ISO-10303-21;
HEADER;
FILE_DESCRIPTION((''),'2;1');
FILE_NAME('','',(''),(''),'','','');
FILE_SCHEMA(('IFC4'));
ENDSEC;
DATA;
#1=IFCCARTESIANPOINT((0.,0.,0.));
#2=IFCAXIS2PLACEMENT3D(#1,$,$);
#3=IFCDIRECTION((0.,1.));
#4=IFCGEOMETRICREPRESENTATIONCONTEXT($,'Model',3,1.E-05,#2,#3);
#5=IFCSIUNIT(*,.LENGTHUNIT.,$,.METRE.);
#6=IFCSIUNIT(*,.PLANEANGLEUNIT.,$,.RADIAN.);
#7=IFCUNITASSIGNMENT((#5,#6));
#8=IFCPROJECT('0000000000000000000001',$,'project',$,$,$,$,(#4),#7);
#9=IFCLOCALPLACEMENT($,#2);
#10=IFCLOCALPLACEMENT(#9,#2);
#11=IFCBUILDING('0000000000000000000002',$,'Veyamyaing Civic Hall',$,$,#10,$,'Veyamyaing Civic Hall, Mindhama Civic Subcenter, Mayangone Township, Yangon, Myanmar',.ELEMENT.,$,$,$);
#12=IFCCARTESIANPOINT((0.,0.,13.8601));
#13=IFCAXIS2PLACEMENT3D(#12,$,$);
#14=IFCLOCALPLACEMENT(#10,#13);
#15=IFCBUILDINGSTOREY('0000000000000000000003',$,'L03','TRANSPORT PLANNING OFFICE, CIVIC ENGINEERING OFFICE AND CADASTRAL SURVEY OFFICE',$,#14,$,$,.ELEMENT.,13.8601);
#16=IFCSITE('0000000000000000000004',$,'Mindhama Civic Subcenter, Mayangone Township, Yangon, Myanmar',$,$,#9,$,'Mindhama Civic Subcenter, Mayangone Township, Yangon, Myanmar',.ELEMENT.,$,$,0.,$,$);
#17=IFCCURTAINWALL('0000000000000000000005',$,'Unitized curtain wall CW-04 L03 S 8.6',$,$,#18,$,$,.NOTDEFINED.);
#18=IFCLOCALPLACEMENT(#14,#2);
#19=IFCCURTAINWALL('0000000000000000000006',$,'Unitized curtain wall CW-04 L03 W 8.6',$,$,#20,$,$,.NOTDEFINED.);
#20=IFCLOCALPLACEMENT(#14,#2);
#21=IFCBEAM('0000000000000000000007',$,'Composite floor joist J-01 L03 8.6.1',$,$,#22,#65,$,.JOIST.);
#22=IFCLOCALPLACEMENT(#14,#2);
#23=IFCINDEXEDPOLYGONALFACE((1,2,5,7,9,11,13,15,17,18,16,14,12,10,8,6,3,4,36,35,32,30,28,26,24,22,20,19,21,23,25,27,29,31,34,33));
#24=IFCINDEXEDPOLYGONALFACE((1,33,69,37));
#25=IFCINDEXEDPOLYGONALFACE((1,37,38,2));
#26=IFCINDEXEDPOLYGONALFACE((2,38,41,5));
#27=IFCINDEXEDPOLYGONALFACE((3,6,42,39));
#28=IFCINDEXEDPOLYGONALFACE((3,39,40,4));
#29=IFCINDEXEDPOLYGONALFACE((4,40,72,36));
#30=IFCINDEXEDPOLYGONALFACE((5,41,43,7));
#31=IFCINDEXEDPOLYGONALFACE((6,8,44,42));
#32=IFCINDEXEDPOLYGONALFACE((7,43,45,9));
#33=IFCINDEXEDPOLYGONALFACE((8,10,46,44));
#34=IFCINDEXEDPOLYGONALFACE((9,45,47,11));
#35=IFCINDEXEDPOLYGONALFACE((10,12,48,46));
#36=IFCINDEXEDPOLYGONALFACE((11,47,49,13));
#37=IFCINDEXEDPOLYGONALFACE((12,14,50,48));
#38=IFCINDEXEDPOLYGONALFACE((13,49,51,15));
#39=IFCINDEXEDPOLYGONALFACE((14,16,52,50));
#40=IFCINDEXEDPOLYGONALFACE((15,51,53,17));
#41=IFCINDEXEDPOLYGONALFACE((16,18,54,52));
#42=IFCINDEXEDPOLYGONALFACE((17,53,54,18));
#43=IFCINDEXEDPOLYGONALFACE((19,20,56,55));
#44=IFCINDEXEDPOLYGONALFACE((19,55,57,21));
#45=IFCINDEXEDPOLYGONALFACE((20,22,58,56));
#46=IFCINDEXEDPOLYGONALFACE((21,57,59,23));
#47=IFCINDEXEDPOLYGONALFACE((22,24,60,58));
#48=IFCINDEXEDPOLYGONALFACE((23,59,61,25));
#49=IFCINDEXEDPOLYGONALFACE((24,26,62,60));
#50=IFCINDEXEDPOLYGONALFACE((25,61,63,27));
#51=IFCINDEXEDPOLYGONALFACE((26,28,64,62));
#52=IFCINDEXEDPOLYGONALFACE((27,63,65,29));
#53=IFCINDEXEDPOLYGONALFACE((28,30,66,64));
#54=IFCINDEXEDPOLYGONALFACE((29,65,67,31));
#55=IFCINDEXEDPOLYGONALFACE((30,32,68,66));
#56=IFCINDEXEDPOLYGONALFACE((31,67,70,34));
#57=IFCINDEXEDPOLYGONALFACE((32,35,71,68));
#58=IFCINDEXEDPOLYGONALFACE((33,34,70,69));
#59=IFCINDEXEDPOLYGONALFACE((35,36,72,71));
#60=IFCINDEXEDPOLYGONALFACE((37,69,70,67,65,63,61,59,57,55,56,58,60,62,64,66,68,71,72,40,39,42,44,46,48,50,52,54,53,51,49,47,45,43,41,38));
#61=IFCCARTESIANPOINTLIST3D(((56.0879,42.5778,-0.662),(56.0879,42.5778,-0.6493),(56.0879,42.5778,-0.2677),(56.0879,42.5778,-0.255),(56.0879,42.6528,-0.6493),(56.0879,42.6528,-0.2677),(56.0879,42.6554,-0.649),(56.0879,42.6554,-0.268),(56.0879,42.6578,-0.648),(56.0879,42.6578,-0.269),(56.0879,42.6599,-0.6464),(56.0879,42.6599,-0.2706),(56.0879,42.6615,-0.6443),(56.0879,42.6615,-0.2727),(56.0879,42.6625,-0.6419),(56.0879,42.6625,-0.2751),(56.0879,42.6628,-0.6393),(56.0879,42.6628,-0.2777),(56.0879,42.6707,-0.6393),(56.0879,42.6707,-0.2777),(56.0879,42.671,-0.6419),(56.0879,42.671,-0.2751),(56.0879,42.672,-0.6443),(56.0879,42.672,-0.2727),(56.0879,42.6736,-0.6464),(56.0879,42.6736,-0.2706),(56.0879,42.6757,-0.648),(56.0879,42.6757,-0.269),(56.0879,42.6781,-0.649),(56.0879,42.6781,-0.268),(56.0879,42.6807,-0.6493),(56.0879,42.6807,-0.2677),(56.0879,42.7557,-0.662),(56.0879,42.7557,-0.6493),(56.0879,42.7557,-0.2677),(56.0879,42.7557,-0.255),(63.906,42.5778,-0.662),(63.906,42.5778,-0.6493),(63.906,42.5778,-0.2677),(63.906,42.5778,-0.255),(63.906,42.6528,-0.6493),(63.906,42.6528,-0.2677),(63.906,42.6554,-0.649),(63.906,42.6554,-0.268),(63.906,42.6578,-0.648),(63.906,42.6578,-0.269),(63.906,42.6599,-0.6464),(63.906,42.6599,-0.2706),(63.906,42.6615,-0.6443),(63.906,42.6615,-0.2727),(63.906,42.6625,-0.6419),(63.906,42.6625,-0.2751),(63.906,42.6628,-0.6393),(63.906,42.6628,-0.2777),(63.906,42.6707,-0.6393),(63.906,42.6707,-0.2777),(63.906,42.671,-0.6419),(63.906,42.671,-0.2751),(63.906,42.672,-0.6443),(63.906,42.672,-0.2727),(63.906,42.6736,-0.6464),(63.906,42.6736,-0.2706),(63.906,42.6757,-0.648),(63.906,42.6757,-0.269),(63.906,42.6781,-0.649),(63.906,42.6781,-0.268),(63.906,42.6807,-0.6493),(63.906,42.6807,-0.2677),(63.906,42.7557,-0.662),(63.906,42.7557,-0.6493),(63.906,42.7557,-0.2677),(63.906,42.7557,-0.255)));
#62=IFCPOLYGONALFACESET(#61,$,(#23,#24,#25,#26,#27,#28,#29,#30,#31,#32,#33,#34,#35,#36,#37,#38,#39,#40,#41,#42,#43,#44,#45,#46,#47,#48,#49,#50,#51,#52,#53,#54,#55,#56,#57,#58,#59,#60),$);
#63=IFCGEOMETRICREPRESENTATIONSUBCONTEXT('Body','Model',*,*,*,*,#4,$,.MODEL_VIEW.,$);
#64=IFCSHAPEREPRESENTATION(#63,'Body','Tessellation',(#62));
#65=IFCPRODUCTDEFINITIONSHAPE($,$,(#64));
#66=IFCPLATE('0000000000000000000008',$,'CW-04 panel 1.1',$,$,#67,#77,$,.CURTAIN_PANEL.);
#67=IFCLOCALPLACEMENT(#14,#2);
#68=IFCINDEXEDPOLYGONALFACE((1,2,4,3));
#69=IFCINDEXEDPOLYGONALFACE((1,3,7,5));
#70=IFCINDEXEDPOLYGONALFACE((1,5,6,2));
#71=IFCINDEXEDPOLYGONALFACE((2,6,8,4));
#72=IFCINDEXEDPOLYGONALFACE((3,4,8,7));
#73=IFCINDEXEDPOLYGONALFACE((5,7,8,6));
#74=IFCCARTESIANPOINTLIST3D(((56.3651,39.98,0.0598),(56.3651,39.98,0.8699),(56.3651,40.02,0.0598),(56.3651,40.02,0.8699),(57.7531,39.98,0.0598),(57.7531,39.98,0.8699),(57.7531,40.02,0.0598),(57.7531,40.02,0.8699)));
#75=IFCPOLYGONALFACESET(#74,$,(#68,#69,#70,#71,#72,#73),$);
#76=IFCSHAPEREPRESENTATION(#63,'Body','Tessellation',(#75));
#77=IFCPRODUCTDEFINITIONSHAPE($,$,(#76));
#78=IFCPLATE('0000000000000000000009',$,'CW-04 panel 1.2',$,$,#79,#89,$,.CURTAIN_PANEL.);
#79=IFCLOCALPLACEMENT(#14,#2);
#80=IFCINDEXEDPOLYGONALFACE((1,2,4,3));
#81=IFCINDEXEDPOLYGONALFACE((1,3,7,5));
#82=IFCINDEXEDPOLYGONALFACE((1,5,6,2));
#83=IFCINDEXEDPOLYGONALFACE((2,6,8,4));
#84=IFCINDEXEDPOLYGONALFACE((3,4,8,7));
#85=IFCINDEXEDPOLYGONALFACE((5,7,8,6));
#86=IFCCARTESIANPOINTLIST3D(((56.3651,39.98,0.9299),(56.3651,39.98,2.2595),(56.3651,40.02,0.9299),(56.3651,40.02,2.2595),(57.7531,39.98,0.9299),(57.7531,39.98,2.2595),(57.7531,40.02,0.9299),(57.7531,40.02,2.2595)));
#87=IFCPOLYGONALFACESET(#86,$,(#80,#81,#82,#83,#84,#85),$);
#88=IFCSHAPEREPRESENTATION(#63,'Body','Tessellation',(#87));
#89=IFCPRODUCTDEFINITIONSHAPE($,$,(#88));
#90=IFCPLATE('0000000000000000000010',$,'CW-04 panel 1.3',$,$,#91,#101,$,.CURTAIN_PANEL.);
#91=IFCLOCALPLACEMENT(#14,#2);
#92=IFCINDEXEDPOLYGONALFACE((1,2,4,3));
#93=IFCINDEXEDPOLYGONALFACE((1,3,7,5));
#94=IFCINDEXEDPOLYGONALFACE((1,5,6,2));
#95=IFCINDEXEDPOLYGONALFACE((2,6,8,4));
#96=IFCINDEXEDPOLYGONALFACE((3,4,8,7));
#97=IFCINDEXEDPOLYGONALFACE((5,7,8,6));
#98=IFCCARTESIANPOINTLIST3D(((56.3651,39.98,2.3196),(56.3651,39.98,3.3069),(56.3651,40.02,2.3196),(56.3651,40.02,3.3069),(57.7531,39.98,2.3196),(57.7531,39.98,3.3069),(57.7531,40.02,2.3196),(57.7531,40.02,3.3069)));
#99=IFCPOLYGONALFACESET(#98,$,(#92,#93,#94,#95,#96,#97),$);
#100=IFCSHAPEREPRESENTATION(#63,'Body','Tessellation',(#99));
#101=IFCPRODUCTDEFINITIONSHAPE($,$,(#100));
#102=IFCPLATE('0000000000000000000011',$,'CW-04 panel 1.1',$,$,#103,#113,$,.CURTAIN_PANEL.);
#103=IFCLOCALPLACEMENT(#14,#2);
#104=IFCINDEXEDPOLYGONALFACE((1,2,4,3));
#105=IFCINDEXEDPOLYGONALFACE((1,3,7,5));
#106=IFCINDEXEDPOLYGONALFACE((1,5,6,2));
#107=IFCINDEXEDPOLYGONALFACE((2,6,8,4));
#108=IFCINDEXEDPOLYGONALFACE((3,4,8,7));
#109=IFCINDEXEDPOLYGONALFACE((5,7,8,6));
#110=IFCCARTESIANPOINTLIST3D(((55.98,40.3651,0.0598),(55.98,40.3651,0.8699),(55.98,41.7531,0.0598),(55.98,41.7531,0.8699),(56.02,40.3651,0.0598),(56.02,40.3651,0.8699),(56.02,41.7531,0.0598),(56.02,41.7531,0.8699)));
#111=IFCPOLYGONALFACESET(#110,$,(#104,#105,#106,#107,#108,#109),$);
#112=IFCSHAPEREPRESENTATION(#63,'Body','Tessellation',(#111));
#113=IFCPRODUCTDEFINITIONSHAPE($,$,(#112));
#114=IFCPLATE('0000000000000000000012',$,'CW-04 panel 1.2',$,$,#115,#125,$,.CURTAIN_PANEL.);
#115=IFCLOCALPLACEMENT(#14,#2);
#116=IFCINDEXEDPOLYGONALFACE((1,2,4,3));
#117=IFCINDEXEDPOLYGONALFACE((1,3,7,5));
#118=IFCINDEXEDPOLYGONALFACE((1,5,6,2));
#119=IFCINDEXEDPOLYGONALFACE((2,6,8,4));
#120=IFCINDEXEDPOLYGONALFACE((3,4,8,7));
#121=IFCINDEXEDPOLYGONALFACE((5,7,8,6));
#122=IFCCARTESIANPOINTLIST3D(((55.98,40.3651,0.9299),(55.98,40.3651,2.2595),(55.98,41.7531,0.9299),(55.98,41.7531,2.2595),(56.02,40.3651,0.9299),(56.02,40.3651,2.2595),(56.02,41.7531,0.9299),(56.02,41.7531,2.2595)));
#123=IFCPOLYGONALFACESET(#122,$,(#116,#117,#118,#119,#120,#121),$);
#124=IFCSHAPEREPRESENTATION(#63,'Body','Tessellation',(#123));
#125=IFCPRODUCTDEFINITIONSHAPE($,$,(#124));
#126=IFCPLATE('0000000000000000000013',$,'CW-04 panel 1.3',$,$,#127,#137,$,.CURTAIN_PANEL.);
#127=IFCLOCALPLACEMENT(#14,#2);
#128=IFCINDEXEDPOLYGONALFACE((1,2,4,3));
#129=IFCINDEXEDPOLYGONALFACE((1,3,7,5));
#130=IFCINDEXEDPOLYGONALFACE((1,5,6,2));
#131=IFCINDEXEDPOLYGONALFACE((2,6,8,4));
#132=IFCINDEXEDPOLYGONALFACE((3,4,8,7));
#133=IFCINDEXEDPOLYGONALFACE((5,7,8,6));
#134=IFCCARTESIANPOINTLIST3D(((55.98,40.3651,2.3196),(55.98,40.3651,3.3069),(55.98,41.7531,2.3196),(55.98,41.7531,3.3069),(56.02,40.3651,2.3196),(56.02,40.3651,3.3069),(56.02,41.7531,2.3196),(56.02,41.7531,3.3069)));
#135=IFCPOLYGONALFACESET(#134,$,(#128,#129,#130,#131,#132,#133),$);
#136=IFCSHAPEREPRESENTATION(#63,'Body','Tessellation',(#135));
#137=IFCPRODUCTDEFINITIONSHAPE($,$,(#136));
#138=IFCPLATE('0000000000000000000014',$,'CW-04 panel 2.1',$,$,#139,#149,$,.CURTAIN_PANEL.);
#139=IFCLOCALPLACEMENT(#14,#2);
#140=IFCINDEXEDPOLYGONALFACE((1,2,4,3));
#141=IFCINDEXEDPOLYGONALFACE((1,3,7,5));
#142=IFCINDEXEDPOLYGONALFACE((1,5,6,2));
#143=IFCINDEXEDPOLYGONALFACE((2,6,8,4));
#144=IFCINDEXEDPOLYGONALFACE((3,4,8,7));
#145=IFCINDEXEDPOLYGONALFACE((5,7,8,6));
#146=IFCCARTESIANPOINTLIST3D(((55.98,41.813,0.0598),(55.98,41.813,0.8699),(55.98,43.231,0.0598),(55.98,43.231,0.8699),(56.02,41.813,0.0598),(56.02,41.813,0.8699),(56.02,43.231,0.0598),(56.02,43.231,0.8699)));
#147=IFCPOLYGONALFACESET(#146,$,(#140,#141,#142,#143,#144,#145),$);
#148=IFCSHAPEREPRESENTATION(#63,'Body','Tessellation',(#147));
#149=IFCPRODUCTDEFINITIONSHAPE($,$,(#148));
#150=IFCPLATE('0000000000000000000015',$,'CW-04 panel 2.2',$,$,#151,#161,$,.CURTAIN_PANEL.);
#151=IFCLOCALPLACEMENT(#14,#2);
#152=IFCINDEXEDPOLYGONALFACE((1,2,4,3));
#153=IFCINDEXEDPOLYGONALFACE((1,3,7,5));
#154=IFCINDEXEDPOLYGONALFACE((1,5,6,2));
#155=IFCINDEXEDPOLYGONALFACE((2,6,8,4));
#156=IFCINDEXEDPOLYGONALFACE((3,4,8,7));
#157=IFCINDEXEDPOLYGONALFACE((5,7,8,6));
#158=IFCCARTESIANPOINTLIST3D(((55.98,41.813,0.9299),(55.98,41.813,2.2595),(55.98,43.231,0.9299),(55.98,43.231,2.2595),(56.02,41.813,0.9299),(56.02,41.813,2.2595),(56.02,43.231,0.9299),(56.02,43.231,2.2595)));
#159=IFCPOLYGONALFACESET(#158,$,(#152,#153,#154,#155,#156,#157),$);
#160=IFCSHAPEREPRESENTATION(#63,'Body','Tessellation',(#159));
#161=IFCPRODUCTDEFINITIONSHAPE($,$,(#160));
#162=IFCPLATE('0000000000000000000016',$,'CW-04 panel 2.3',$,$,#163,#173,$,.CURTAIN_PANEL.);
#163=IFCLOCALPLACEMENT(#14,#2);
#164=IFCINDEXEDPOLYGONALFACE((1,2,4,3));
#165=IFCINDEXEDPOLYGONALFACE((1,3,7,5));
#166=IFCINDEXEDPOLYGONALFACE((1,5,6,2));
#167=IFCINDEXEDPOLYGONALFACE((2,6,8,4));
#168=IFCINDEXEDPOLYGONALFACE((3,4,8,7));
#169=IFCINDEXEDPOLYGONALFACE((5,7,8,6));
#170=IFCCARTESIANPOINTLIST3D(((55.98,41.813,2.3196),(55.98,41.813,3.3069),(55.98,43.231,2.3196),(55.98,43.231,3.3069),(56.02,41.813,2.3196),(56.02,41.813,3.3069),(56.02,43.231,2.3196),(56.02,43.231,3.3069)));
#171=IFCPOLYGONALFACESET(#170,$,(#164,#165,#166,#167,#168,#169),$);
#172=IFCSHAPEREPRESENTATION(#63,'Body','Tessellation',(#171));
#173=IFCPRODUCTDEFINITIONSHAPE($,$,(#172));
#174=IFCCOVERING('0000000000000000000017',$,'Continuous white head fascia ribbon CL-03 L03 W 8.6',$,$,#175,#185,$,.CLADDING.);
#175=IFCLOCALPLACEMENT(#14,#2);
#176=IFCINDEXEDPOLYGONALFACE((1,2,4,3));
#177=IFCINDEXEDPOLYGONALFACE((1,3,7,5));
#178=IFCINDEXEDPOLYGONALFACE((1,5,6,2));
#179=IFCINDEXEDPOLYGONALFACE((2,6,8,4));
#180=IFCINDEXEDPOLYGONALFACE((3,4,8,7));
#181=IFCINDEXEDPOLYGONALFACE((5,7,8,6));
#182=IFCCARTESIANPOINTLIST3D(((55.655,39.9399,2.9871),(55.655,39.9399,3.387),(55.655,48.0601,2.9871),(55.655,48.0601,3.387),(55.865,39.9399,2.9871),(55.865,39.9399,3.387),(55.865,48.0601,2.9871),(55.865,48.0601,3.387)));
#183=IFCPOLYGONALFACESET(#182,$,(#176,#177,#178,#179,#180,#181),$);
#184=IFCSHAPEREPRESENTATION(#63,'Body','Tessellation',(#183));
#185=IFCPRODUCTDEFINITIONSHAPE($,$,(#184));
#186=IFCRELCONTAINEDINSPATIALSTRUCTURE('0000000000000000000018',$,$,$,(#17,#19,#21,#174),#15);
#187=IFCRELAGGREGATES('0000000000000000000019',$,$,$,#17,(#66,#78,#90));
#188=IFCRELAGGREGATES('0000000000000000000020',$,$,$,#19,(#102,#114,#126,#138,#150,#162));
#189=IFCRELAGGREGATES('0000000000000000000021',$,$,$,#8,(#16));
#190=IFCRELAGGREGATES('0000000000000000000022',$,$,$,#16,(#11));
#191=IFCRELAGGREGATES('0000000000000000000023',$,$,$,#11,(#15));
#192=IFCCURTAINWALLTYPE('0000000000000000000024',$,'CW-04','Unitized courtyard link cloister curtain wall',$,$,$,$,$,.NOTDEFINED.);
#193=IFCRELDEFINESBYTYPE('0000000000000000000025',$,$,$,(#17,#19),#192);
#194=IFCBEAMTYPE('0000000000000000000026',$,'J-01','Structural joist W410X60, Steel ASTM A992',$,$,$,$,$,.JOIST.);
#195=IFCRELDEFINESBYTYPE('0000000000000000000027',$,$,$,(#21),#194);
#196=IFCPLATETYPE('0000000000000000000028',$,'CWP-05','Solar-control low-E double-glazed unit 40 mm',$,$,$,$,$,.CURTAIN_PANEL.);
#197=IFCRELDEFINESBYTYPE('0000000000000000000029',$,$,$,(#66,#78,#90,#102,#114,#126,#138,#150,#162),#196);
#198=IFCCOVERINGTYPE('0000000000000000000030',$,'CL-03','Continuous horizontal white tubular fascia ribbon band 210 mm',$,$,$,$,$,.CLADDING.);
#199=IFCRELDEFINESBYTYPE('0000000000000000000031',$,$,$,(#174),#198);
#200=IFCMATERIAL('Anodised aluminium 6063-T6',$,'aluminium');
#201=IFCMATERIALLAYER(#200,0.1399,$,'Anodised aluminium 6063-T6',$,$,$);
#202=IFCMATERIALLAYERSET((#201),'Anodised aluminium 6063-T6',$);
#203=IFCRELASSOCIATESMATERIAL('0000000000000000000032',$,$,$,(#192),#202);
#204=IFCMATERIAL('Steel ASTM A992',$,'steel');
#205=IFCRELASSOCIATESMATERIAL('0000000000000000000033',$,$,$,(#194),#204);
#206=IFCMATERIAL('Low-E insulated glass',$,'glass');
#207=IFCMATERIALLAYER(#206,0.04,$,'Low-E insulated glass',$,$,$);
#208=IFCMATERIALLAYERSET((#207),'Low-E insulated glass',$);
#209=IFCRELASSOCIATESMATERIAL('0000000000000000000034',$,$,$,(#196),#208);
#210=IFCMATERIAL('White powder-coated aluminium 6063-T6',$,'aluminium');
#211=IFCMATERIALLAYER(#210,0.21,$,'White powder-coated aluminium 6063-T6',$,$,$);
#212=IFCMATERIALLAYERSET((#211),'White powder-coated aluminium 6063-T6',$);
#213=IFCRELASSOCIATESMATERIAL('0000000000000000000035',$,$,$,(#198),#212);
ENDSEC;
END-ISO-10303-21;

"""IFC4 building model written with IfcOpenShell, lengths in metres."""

from ifc_helpers import new_model, si_unit, direction, frame, origin, origin_2d, place, context, subcontext, project, spatial, rectangle, i_section, extrude, material, layer, layer_set, material_profile, profile_set, type_object, element, aggregate, save


model = new_model("IFC4")

# Units and contexts
model_context = context("Model", 3, precision=1e-05, world=origin(), true_north=direction((0.0, 1.0)))
body_context = subcontext(model_context, "Body", "Model", "MODEL_VIEW")
ifc_project = project(units=[si_unit("LENGTHUNIT", "METRE"), si_unit("PLANEANGLEUNIT", "RADIAN")], contexts=[model_context])

# Site, building, storey
site_placement = place(None, origin())
site = spatial("IfcSite", under=ifc_project, at=site_placement, Name="Mindhama Civic Subcenter, Mayangone Township, Yangon, Myanmar", LongName="Mindhama Civic Subcenter, Mayangone Township, Yangon, Myanmar", CompositionType="ELEMENT", RefElevation=0.0)
building_placement = place(site_placement, origin())
building = spatial("IfcBuilding", under=site, at=building_placement, Name="Veyamyaing Civic Hall", LongName="Veyamyaing Civic Hall, Mindhama Civic Subcenter, Mayangone Township, Yangon, Myanmar", CompositionType="ELEMENT")
storey_placement = place(building_placement, frame((0.0, 0.0, 13.8601)))
storey = spatial("IfcBuildingStorey", under=building, at=storey_placement, Name="L03", Description="TRANSPORT PLANNING OFFICE, CIVIC ENGINEERING OFFICE AND CADASTRAL SURVEY OFFICE", CompositionType="ELEMENT", Elevation=13.8601)

# Shared definitions
ifc_material_1 = material(Name="Steel ASTM A992", Category="steel")

# Curtain wall
ifc_material_2 = material(Name="Anodised aluminium 6063-T6", Category="aluminium")
ifc_layer_1 = layer(ifc_material_2, 0.1399, Name="Anodised aluminium 6063-T6")
ifc_layer_set_1 = layer_set([ifc_layer_1], Name="Anodised aluminium 6063-T6")
curtain_wall_type = type_object("IfcCurtainWallType", Name="CW-04", Description="Unitized courtyard link cloister curtain wall", PredefinedType="NOTDEFINED", material=ifc_layer_set_1)
curtain_wall_1_placement = place(storey_placement, origin())
curtain_wall_1 = element("IfcCurtainWall", 1, at=curtain_wall_1_placement, inside=storey, type_object=curtain_wall_type, Name="Unitized curtain wall CW-04 L03 S 8.6", PredefinedType="NOTDEFINED")

# Curtain wall
curtain_wall_2_placement = place(storey_placement, origin())
curtain_wall_2 = element("IfcCurtainWall", 2, at=curtain_wall_2_placement, inside=storey, type_object=curtain_wall_type, Name="Unitized curtain wall CW-04 L03 W 8.6", PredefinedType="NOTDEFINED")

# Beam
ifc_material_profile_1 = material_profile(ifc_material_1, i_section(OverallWidth=0.178, OverallDepth=0.407, WebThickness=0.0078, FlangeThickness=0.0127, FilletRadius=0.01, at=origin_2d()), Name="W410X60")
ifc_profile_set_1 = profile_set([ifc_material_profile_1], Name="Steel ASTM A992")
beam_type_1 = type_object("IfcBeamType", Name="J-01", Description="Structural joist W410X60, Steel ASTM A992", PredefinedType="JOIST", material=ifc_profile_set_1)
beam_1_placement = place(storey_placement, frame((56.0879, 42.6667, -0.4585), z_axis=(1.0, 0.0, 0.0), x_axis=(0.0, 1.0, 0.0)))
element("IfcBeam", 3, at=beam_1_placement, inside=storey, type_object=beam_type_1, Name="Composite floor joist J-01 L03 8.6.1", PredefinedType="JOIST", context=body_context, shape_type="SweptSolid", body=[
    extrude(i_section(OverallWidth=0.178, OverallDepth=0.407, WebThickness=0.0078, FlangeThickness=0.0127, FilletRadius=0.01, at=origin_2d()), origin(), (0.0, 0.0, 1.0), 7.8181),
])

# Plates
ifc_material_3 = material(Name="Low-E insulated glass", Category="glass")
ifc_layer_2 = layer(ifc_material_3, 0.04, Name="Low-E insulated glass")
ifc_layer_set_2 = layer_set([ifc_layer_2], Name="Low-E insulated glass")
plate_type = type_object("IfcPlateType", Name="CWP-05", Description="Solar-control low-E double-glazed unit 40 mm", PredefinedType="CURTAIN_PANEL", material=ifc_layer_set_2)
plate_1_placement = place(storey_placement, frame((57.0591, 40.0, 0.0598), z_axis=(0.0, 0.0, 1.0), x_axis=(1.0, 0.0, 0.0)))
plate_1 = element("IfcPlate", 4, at=plate_1_placement, type_object=plate_type, Name="CW-04 panel 1.1", PredefinedType="CURTAIN_PANEL", context=body_context, shape_type="SweptSolid", body=[
    extrude(rectangle(XDim=1.3879, YDim=0.04, at=origin_2d()), origin(), (0.0, 0.0, 1.0), 0.8101),
])
plate_2_placement = place(storey_placement, frame((57.0591, 40.0, 0.9299), z_axis=(0.0, 0.0, 1.0), x_axis=(1.0, 0.0, 0.0)))
plate_2 = element("IfcPlate", 5, at=plate_2_placement, type_object=plate_type, Name="CW-04 panel 1.2", PredefinedType="CURTAIN_PANEL", context=body_context, shape_type="SweptSolid", body=[
    extrude(rectangle(XDim=1.3879, YDim=0.04, at=origin_2d()), origin(), (0.0, 0.0, 1.0), 1.3296),
])
plate_3_placement = place(storey_placement, frame((57.0591, 40.0, 2.3196), z_axis=(0.0, 0.0, 1.0), x_axis=(1.0, 0.0, 0.0)))
plate_3 = element("IfcPlate", 6, at=plate_3_placement, type_object=plate_type, Name="CW-04 panel 1.3", PredefinedType="CURTAIN_PANEL", context=body_context, shape_type="SweptSolid", body=[
    extrude(rectangle(XDim=1.3879, YDim=0.04, at=origin_2d()), origin(), (0.0, 0.0, 1.0), 0.9873),
])
aggregate(curtain_wall_1, [plate_1, plate_2, plate_3])
plate_4_placement = place(storey_placement, frame((56.0, 41.0591, 0.0598), z_axis=(0.0, 0.0, 1.0), x_axis=(0.0, 1.0, 0.0)))
plate_4 = element("IfcPlate", 7, at=plate_4_placement, type_object=plate_type, Name="CW-04 panel 1.1", PredefinedType="CURTAIN_PANEL", context=body_context, shape_type="SweptSolid", body=[
    extrude(rectangle(XDim=1.3879, YDim=0.04, at=origin_2d()), origin(), (0.0, 0.0, 1.0), 0.8101),
])
plate_5_placement = place(storey_placement, frame((56.0, 41.0591, 0.9299), z_axis=(0.0, 0.0, 1.0), x_axis=(0.0, 1.0, 0.0)))
plate_5 = element("IfcPlate", 8, at=plate_5_placement, type_object=plate_type, Name="CW-04 panel 1.2", PredefinedType="CURTAIN_PANEL", context=body_context, shape_type="SweptSolid", body=[
    extrude(rectangle(XDim=1.3879, YDim=0.04, at=origin_2d()), origin(), (0.0, 0.0, 1.0), 1.3296),
])
plate_6_placement = place(storey_placement, frame((56.0, 41.0591, 2.3196), z_axis=(0.0, 0.0, 1.0), x_axis=(0.0, 1.0, 0.0)))
plate_6 = element("IfcPlate", 9, at=plate_6_placement, type_object=plate_type, Name="CW-04 panel 1.3", PredefinedType="CURTAIN_PANEL", context=body_context, shape_type="SweptSolid", body=[
    extrude(rectangle(XDim=1.3879, YDim=0.04, at=origin_2d()), origin(), (0.0, 0.0, 1.0), 0.9873),
])
plate_7_placement = place(storey_placement, frame((56.0, 42.522, 0.0598), z_axis=(0.0, 0.0, 1.0), x_axis=(0.0, 1.0, 0.0)))
plate_7 = element("IfcPlate", 10, at=plate_7_placement, type_object=plate_type, Name="CW-04 panel 2.1", PredefinedType="CURTAIN_PANEL", context=body_context, shape_type="SweptSolid", body=[
    extrude(rectangle(XDim=1.418, YDim=0.04, at=origin_2d()), origin(), (0.0, 0.0, 1.0), 0.8101),
])
plate_8_placement = place(storey_placement, frame((56.0, 42.522, 0.9299), z_axis=(0.0, 0.0, 1.0), x_axis=(0.0, 1.0, 0.0)))
plate_8 = element("IfcPlate", 11, at=plate_8_placement, type_object=plate_type, Name="CW-04 panel 2.2", PredefinedType="CURTAIN_PANEL", context=body_context, shape_type="SweptSolid", body=[
    extrude(rectangle(XDim=1.418, YDim=0.04, at=origin_2d()), origin(), (0.0, 0.0, 1.0), 1.3296),
])
plate_9_placement = place(storey_placement, frame((56.0, 42.522, 2.3196), z_axis=(0.0, 0.0, 1.0), x_axis=(0.0, 1.0, 0.0)))
plate_9 = element("IfcPlate", 12, at=plate_9_placement, type_object=plate_type, Name="CW-04 panel 2.3", PredefinedType="CURTAIN_PANEL", context=body_context, shape_type="SweptSolid", body=[
    extrude(rectangle(XDim=1.418, YDim=0.04, at=origin_2d()), origin(), (0.0, 0.0, 1.0), 0.9873),
])
aggregate(curtain_wall_2, [plate_4, plate_5, plate_6, plate_7, plate_8, plate_9])

# Covering
ifc_material_4 = material(Name="White powder-coated aluminium 6063-T6", Category="aluminium")
ifc_layer_3 = layer(ifc_material_4, 0.21, Name="White powder-coated aluminium 6063-T6")
ifc_layer_set_3 = layer_set([ifc_layer_3], Name="White powder-coated aluminium 6063-T6")
covering_type = type_object("IfcCoveringType", Name="CL-03", Description="Continuous horizontal white tubular fascia ribbon band 210 mm", PredefinedType="CLADDING", material=ifc_layer_set_3)
covering_placement = place(storey_placement, frame((55.76, 44.0, 2.9871), z_axis=(0.0, 0.0, 1.0), x_axis=(0.0, 1.0, 0.0)))
element("IfcCovering", 13, at=covering_placement, inside=storey, type_object=covering_type, Name="Continuous white head fascia ribbon CL-03 L03 W 8.6", PredefinedType="CLADDING", context=body_context, shape_type="SweptSolid", body=[
    extrude(rectangle(XDim=8.1201, YDim=0.21, at=origin_2d()), origin(), (0.0, 0.0, 1.0), 0.3999),
])

save(model, "model.ifc")
